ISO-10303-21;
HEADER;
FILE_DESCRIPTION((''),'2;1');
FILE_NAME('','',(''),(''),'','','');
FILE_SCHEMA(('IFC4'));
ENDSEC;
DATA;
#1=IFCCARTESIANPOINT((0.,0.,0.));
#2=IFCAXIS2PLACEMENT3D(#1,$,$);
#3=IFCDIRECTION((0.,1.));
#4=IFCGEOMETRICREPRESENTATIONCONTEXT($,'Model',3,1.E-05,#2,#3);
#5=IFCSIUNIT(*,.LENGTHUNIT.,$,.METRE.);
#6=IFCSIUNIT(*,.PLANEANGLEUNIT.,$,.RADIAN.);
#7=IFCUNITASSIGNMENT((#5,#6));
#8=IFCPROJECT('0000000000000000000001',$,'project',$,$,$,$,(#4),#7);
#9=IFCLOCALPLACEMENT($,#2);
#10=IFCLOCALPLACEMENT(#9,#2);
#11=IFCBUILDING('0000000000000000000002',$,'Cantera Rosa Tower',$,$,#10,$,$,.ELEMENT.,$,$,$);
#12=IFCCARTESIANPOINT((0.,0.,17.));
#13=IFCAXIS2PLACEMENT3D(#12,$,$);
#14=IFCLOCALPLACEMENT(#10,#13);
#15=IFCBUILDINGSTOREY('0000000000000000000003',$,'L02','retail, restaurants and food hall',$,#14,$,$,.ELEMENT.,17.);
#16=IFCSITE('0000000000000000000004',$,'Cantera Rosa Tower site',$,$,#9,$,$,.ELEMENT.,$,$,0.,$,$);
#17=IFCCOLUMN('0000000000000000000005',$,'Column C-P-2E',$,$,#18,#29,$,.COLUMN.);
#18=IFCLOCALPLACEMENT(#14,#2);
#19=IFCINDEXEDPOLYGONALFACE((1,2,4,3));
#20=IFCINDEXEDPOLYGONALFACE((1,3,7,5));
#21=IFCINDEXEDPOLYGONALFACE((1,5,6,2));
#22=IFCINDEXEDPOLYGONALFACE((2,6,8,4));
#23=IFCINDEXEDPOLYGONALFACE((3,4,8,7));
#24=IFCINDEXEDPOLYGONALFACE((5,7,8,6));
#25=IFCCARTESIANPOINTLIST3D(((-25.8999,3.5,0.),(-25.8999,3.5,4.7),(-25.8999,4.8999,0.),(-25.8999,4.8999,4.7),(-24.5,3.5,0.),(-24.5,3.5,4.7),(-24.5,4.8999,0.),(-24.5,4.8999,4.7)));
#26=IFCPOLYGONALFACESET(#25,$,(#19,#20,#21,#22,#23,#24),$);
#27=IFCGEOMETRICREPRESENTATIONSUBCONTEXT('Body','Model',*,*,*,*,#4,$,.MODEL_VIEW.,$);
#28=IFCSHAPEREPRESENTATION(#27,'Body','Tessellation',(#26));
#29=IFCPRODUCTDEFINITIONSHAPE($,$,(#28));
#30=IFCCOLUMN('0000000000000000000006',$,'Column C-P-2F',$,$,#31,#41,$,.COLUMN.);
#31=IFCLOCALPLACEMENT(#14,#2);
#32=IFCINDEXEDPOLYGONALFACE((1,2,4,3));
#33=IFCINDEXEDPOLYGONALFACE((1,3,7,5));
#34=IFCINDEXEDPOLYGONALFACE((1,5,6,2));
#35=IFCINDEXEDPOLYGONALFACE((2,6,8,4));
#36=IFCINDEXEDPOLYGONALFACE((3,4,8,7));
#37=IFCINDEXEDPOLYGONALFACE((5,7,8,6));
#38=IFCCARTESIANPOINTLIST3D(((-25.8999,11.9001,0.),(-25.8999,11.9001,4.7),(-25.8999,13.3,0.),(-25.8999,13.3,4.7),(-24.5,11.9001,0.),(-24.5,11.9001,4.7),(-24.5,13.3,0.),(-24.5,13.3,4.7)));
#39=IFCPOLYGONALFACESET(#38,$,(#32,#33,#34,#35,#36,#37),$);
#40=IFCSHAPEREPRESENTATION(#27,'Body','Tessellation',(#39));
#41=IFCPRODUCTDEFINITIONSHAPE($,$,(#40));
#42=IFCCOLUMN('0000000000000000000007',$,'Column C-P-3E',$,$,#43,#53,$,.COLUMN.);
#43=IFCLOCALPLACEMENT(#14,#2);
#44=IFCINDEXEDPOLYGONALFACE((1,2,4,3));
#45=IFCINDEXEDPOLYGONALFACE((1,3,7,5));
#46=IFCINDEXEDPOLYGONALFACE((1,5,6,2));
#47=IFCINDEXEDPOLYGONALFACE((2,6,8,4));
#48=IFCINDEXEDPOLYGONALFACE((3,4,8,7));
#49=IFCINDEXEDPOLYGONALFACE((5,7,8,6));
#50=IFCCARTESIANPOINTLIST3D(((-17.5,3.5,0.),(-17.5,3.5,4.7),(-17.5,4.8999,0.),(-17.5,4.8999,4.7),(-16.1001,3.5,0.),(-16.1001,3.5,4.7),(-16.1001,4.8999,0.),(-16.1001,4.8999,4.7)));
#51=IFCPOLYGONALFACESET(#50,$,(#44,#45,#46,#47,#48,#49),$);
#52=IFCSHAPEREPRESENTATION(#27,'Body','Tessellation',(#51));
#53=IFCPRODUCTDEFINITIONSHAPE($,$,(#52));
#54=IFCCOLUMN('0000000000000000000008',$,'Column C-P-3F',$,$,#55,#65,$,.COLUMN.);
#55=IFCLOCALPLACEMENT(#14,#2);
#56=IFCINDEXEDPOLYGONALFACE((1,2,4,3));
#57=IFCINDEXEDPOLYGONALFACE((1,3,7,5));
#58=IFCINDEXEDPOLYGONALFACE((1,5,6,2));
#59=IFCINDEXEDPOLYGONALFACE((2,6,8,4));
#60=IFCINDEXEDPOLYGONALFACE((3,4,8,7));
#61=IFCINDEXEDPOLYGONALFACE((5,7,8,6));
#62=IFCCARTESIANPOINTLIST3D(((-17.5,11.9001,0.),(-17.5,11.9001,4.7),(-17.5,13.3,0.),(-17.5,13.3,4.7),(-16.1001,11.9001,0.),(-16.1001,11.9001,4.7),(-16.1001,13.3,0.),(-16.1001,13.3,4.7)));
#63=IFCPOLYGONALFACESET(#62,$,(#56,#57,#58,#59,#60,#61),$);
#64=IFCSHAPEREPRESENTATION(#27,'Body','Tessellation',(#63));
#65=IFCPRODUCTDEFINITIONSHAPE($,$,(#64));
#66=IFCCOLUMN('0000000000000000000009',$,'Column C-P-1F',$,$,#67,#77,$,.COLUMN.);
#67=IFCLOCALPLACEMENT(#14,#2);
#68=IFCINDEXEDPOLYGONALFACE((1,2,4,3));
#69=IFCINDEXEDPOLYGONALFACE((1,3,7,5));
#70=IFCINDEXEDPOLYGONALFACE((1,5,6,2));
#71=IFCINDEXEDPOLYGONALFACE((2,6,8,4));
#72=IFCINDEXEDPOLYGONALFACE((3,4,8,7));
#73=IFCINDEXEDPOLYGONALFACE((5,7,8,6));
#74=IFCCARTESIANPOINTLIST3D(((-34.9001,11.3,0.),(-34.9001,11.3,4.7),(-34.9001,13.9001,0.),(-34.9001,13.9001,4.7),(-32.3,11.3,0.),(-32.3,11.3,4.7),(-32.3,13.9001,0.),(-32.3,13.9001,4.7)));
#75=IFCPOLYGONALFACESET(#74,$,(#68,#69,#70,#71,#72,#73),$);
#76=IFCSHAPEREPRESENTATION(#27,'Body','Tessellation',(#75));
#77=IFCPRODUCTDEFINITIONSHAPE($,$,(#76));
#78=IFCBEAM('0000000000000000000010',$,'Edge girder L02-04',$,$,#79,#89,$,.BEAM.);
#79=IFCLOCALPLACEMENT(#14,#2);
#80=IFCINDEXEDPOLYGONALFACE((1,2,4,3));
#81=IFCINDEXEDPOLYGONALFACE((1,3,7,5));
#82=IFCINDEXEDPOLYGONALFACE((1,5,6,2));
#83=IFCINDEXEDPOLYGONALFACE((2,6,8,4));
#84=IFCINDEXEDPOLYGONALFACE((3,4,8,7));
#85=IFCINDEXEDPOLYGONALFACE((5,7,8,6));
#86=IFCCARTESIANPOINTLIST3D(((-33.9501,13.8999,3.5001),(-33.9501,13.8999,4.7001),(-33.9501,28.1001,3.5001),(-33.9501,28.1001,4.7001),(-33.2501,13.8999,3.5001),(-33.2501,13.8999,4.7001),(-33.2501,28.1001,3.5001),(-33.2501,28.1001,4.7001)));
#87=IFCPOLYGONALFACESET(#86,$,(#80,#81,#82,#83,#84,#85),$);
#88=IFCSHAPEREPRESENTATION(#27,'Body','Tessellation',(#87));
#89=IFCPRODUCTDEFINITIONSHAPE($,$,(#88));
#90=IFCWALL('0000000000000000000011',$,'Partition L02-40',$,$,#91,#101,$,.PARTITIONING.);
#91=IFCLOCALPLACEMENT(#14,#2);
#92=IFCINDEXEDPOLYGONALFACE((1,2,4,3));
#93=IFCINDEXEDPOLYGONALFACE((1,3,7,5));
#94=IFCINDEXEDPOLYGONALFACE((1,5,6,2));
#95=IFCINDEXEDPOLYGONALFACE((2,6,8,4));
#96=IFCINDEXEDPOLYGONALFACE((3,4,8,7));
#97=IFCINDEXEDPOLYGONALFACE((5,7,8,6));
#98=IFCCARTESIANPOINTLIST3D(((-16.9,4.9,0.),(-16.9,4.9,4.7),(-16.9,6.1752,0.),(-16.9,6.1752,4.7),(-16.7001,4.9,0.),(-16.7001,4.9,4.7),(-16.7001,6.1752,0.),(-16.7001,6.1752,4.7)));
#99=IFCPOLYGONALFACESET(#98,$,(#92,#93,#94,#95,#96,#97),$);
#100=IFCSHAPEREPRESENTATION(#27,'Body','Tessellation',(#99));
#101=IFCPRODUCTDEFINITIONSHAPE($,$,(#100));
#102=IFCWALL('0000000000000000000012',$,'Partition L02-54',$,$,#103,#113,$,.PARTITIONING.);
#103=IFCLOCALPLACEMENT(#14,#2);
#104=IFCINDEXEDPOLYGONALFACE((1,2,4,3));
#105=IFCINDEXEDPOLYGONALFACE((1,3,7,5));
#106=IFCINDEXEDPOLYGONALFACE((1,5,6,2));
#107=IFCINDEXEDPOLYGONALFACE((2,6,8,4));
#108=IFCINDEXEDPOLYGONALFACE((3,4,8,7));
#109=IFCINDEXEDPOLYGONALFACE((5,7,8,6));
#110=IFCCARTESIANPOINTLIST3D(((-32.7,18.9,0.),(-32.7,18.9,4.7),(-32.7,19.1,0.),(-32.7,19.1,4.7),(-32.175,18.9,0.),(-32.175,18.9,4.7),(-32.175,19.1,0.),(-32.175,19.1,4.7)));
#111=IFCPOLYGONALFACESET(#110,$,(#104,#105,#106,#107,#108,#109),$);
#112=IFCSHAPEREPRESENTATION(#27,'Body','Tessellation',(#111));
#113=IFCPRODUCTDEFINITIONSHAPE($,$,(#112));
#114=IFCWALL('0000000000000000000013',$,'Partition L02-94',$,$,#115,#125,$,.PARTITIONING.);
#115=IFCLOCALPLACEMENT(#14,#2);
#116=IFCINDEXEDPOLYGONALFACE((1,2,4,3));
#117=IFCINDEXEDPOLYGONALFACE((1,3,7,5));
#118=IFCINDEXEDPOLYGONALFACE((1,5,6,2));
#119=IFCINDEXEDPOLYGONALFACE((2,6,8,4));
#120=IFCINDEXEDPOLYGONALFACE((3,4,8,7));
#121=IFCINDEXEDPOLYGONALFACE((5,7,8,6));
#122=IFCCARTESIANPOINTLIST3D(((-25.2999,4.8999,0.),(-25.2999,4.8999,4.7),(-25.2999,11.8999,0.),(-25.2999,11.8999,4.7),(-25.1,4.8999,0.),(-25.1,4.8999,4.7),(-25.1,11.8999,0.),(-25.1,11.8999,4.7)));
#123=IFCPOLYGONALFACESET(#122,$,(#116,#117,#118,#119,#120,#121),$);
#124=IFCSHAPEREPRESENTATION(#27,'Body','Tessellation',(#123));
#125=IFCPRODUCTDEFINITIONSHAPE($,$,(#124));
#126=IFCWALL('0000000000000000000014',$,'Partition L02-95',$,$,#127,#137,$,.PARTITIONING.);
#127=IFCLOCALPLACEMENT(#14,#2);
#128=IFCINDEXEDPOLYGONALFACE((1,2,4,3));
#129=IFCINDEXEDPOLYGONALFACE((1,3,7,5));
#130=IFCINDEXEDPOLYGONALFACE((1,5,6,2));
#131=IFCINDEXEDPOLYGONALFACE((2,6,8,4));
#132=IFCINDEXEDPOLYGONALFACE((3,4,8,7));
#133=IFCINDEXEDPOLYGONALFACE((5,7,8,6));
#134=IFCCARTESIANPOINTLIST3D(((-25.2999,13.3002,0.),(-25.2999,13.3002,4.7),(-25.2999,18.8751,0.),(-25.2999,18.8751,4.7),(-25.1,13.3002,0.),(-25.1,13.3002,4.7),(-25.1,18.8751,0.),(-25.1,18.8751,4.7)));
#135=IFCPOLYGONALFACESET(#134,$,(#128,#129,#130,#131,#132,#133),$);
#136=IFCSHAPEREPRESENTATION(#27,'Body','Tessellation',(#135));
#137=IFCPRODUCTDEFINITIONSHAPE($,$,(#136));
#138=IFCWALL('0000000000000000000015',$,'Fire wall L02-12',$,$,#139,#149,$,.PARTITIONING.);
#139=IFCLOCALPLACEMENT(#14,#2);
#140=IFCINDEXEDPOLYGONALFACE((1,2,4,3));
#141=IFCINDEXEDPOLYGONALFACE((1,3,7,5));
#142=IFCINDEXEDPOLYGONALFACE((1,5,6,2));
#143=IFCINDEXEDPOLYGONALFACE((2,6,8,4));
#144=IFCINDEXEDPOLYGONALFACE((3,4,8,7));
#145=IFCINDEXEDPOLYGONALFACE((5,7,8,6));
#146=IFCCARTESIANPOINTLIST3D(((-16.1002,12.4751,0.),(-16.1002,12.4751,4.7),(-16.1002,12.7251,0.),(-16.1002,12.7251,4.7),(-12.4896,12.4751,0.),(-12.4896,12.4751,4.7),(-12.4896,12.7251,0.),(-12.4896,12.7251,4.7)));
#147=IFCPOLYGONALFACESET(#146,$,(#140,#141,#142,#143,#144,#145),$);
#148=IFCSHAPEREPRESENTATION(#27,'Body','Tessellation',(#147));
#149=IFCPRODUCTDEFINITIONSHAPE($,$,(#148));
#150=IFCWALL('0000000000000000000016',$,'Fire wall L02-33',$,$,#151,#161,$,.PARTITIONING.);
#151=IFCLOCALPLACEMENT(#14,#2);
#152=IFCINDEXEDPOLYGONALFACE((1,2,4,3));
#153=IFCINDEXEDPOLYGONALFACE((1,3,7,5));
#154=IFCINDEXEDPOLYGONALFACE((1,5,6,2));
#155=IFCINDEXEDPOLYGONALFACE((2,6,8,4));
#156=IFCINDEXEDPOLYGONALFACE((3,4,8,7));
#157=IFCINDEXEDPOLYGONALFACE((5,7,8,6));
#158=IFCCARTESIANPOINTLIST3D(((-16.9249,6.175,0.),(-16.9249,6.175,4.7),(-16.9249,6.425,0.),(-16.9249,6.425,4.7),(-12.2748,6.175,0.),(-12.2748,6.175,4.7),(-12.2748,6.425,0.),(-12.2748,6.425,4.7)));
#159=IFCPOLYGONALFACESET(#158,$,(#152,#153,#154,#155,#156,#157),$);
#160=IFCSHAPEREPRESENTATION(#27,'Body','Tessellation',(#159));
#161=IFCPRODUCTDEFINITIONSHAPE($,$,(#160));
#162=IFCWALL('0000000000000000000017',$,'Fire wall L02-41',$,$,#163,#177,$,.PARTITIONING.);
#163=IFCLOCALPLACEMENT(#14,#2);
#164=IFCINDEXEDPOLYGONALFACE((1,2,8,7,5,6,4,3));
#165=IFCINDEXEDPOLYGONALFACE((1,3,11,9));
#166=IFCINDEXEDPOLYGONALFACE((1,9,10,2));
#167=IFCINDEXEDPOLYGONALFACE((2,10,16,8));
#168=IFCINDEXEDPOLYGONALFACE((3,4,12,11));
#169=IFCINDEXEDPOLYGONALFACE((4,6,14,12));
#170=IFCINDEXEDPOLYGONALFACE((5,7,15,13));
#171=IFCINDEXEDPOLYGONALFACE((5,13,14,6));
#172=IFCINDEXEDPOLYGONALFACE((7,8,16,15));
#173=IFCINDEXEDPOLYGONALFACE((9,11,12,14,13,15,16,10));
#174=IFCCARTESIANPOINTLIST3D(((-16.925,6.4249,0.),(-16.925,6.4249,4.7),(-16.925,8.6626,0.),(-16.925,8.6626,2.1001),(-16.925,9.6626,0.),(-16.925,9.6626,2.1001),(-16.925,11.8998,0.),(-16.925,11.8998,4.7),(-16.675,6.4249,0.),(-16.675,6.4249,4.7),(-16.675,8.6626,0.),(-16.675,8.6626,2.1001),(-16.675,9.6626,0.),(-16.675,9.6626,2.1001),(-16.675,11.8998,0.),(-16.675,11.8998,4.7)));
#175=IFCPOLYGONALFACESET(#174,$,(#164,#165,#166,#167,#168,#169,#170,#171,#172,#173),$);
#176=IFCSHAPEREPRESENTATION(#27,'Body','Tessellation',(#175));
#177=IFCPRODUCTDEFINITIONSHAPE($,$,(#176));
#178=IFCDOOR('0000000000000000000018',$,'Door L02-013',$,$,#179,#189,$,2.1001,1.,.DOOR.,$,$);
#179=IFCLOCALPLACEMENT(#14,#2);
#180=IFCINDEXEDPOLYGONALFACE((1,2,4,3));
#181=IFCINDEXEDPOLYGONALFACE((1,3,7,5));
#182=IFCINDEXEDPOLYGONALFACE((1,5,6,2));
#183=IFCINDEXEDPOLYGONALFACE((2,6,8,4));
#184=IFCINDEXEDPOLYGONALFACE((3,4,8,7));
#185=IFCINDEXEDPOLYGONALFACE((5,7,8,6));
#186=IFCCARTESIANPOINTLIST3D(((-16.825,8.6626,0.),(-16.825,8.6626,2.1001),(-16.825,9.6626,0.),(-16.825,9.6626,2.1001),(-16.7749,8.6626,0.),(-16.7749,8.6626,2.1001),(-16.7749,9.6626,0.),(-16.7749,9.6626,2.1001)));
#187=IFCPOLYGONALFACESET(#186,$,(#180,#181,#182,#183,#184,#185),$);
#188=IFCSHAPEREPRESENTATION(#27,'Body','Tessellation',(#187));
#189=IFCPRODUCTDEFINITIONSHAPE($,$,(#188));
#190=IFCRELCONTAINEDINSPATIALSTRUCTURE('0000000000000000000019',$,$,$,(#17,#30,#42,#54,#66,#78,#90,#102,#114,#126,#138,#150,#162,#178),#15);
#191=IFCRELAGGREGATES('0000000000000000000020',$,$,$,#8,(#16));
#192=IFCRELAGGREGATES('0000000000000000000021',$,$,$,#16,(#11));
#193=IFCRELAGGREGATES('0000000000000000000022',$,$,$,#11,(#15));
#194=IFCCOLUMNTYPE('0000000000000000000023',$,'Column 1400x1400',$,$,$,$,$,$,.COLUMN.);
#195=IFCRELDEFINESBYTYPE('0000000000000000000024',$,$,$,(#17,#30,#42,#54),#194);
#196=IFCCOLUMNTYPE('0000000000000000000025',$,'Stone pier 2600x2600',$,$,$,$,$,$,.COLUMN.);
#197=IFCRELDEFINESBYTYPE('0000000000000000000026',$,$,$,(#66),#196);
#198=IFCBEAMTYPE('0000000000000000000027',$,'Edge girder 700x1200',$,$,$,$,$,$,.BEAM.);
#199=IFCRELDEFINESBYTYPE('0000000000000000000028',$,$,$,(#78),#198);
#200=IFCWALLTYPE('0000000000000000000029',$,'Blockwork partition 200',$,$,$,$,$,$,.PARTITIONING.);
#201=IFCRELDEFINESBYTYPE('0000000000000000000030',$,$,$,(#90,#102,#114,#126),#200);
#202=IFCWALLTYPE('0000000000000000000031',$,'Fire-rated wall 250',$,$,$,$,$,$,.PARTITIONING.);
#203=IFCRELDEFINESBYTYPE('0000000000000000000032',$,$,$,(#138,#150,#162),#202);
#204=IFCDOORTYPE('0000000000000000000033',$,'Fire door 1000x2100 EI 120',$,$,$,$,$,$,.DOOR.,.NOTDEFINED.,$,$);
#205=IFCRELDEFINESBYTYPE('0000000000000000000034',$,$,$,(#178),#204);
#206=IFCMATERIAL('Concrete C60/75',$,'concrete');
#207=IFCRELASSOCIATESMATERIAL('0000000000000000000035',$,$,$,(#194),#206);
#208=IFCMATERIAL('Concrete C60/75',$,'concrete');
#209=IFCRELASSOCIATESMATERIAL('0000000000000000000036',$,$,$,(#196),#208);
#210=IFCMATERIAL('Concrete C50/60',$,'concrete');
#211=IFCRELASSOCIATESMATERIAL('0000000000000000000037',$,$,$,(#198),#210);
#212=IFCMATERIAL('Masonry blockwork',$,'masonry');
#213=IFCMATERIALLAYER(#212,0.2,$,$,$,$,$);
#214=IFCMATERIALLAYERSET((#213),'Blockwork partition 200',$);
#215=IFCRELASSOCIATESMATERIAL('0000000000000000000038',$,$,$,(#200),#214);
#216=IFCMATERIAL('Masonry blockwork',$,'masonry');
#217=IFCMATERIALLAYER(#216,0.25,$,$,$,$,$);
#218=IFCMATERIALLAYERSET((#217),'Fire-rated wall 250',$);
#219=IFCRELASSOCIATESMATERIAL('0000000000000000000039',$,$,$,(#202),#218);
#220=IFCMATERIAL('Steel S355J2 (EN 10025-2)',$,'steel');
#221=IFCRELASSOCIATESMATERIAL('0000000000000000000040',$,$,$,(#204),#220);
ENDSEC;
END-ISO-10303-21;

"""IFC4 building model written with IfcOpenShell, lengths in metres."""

from ifc_helpers import new_model, si_unit, direction, frame, frame_2d, origin, origin_2d, place, context, subcontext, project, spatial, rectangle, extrude, material, layer, layer_set, material_profile, profile_set, type_object, element, fill, save


model = new_model("IFC4")

# Units and contexts
model_context = context("Model", 3, precision=1e-05, world=origin(), true_north=direction((0.0, 1.0)))
body_context = subcontext(model_context, "Body", "Model", "MODEL_VIEW")
ifc_project = project(units=[si_unit("LENGTHUNIT", "METRE"), si_unit("PLANEANGLEUNIT", "RADIAN")], contexts=[model_context])

# Site, building, storey
site_placement = place(None, origin())
site = spatial("IfcSite", under=ifc_project, at=site_placement, Name="Cantera Rosa Tower site", CompositionType="ELEMENT", RefElevation=0.0)
building_placement = place(site_placement, origin())
building = spatial("IfcBuilding", under=site, at=building_placement, Name="Cantera Rosa Tower", CompositionType="ELEMENT")
storey_placement = place(building_placement, frame((0.0, 0.0, 17.0)))
storey = spatial("IfcBuildingStorey", under=building, at=storey_placement, Name="L02", Description="retail, restaurants and food hall", CompositionType="ELEMENT", Elevation=17.0)

# Columns
ifc_material_1 = material(Name="Concrete C60/75", Category="concrete")
ifc_material_profile_1 = material_profile(ifc_material_1, rectangle(XDim=1.3999, YDim=1.3999, at=origin_2d()), Name="Column 1400x1400")
ifc_profile_set_1 = profile_set([ifc_material_profile_1], Name="Concrete C60/75")
column_type_1 = type_object("IfcColumnType", Name="Column 1400x1400", PredefinedType="COLUMN", material=ifc_profile_set_1)
for number, where, z_axis, x_axis, name in (
    (1, (-25.2, 4.2, 0.0), (0.0, 0.0, 1.0), (1.0, 0.0, 0.0), "Column C-P-2E"),
    (2, (-25.2, 12.6001, 0.0), (0.0, 0.0, 1.0), (1.0, 0.0, 0.0), "Column C-P-2F"),
    (3, (-16.8, 4.2, 0.0), (0.0, 0.0, 1.0), (1.0, 0.0, 0.0), "Column C-P-3E"),
    (4, (-16.8, 12.6001, 0.0), (0.0, 0.0, 1.0), (1.0, 0.0, 0.0), "Column C-P-3F"),
):
    element("IfcColumn", number, at=place(storey_placement, frame(where, z_axis=z_axis, x_axis=x_axis)), inside=storey, type_object=column_type_1, Name=name, PredefinedType="COLUMN", context=body_context, shape_type="SweptSolid", body=[
        extrude(rectangle(XDim=1.3999, YDim=1.3999, at=origin_2d()), origin(), (0.0, 0.0, 1.0), 4.7),
    ])
ifc_material_2 = material(Name="Concrete C60/75", Category="concrete")
ifc_material_profile_2 = material_profile(ifc_material_2, rectangle(XDim=2.6001, YDim=2.6001, at=origin_2d()), Name="Stone pier 2600x2600")
ifc_profile_set_2 = profile_set([ifc_material_profile_2], Name="Concrete C60/75")
column_type_2 = type_object("IfcColumnType", Name="Stone pier 2600x2600", PredefinedType="COLUMN", material=ifc_profile_set_2)
column_placement = place(storey_placement, frame((-33.6001, 12.6001, 0.0), z_axis=(0.0, 0.0, 1.0), x_axis=(1.0, 0.0, 0.0)))
element("IfcColumn", 5, at=column_placement, inside=storey, type_object=column_type_2, Name="Column C-P-1F", PredefinedType="COLUMN", context=body_context, shape_type="SweptSolid", body=[
    extrude(rectangle(XDim=2.6001, YDim=2.6001, at=origin_2d()), origin(), (0.0, 0.0, 1.0), 4.7),
])

# Beam
ifc_material_3 = material(Name="Concrete C50/60", Category="concrete")
ifc_material_profile_3 = material_profile(ifc_material_3, rectangle(XDim=0.7, YDim=1.2, at=origin_2d()), Name="Edge girder 700x1200")
ifc_profile_set_3 = profile_set([ifc_material_profile_3], Name="Concrete C50/60")
beam_type = type_object("IfcBeamType", Name="Edge girder 700x1200", PredefinedType="BEAM", material=ifc_profile_set_3)
beam_placement = place(storey_placement, frame((-33.6001, 13.8999, 4.1001), z_axis=(0.0, 1.0, 0.0), x_axis=(-1.0, 0.0, 0.0)))
element("IfcBeam", 6, at=beam_placement, inside=storey, type_object=beam_type, Name="Edge girder L02-04", PredefinedType="BEAM", context=body_context, shape_type="SweptSolid", body=[
    extrude(rectangle(XDim=0.7, YDim=1.2, at=origin_2d()), origin(), (0.0, 0.0, 1.0), 14.2002),
])

# Walls
ifc_material_4 = material(Name="Masonry blockwork", Category="masonry")
ifc_layer_1 = layer(ifc_material_4, 0.2)
ifc_layer_set_1 = layer_set([ifc_layer_1], Name="Blockwork partition 200")
wall_type_1 = type_object("IfcWallType", Name="Blockwork partition 200", PredefinedType="PARTITIONING", material=ifc_layer_set_1)
wall_1_placement = place(storey_placement, frame((-16.8, 4.8999, 0.0), z_axis=(0.0, 0.0, 1.0), x_axis=(0.0, 1.0, 0.0)))
element("IfcWall", 7, at=wall_1_placement, inside=storey, type_object=wall_type_1, Name="Partition L02-40", PredefinedType="PARTITIONING", context=body_context, shape_type="SweptSolid", body=[
    extrude(rectangle(XDim=1.2751, YDim=0.2, at=frame_2d((0.6377, 0.0))), origin(), (0.0, 0.0, 1.0), 4.7),
])
wall_2_placement = place(storey_placement, frame((-32.7, 19.0, 0.0), z_axis=(0.0, 0.0, 1.0), x_axis=(1.0, 0.0, 0.0)))
element("IfcWall", 8, at=wall_2_placement, inside=storey, type_object=wall_type_1, Name="Partition L02-54", PredefinedType="PARTITIONING", context=body_context, shape_type="SweptSolid", body=[
    extrude(rectangle(XDim=0.5249, YDim=0.2, at=frame_2d((0.2625, 0.0))), origin(), (0.0, 0.0, 1.0), 4.7),
])
wall_3_placement = place(storey_placement, frame((-25.2, 4.8999, 0.0), z_axis=(0.0, 0.0, 1.0), x_axis=(0.0, 1.0, 0.0)))
element("IfcWall", 9, at=wall_3_placement, inside=storey, type_object=wall_type_1, Name="Partition L02-94", PredefinedType="PARTITIONING", context=body_context, shape_type="SweptSolid", body=[
    extrude(rectangle(XDim=7.0, YDim=0.2, at=frame_2d((3.5, 0.0))), origin(), (0.0, 0.0, 1.0), 4.7),
])
wall_4_placement = place(storey_placement, frame((-25.2, 13.3, 0.0), z_axis=(0.0, 0.0, 1.0), x_axis=(0.0, 1.0, 0.0)))
element("IfcWall", 10, at=wall_4_placement, inside=storey, type_object=wall_type_1, Name="Partition L02-95", PredefinedType="PARTITIONING", context=body_context, shape_type="SweptSolid", body=[
    extrude(rectangle(XDim=5.575, YDim=0.2, at=frame_2d((2.7876, 0.0))), origin(), (0.0, 0.0, 1.0), 4.7),
])
ifc_material_5 = material(Name="Masonry blockwork", Category="masonry")
ifc_layer_2 = layer(ifc_material_5, 0.25)
ifc_layer_set_2 = layer_set([ifc_layer_2], Name="Fire-rated wall 250")
wall_type_2 = type_object("IfcWallType", Name="Fire-rated wall 250", PredefinedType="PARTITIONING", material=ifc_layer_set_2)
wall_5_placement = place(storey_placement, frame((-16.1001, 12.6001, 0.0), z_axis=(0.0, 0.0, 1.0), x_axis=(1.0, 0.0, 0.0)))
element("IfcWall", 11, at=wall_5_placement, inside=storey, type_object=wall_type_2, Name="Fire wall L02-12", PredefinedType="PARTITIONING", context=body_context, shape_type="SweptSolid", body=[
    extrude(rectangle(XDim=3.6106, YDim=0.25, at=frame_2d((1.8052, 0.0))), origin(), (0.0, 0.0, 1.0), 4.7),
])
wall_6_placement = place(storey_placement, frame((-16.925, 6.3, 0.0), z_axis=(0.0, 0.0, 1.0), x_axis=(1.0, 0.0, 0.0)))
element("IfcWall", 12, at=wall_6_placement, inside=storey, type_object=wall_type_2, Name="Fire wall L02-33", PredefinedType="PARTITIONING", context=body_context, shape_type="SweptSolid", body=[
    extrude(rectangle(XDim=4.6501, YDim=0.25, at=frame_2d((2.3252, 0.0))), origin(), (0.0, 0.0, 1.0), 4.7),
])

# Wall, opening, door
wall_7_placement = place(storey_placement, frame((-16.8, 6.425, 0.0), z_axis=(0.0, 0.0, 1.0), x_axis=(0.0, 1.0, 0.0)))
wall_7 = element("IfcWall", 13, at=wall_7_placement, inside=storey, type_object=wall_type_2, Name="Fire wall L02-41", PredefinedType="PARTITIONING", context=body_context, shape_type="SweptSolid", body=[
    extrude(rectangle(XDim=5.4749, YDim=0.25, at=frame_2d((2.7373, 0.0))), origin(), (0.0, 0.0, 1.0), 4.7),
])
opening_1_placement = place(wall_7_placement, frame((2.2375, 0.0, 0.0)))
opening_1 = element("IfcOpeningElement", 14, at=opening_1_placement, cuts=wall_7, PredefinedType="OPENING", context=body_context, shape_type="SweptSolid", body=[
    extrude(rectangle(XDim=1.0, YDim=2.1001, at=frame_2d((0.5, 1.05))), frame((0.0, 0.135, 0.0), z_axis=(0.0, -1.0, 0.0), x_axis=(1.0, 0.0, 0.0)), (0.0, 0.0, 1.0), 0.27),
])
ifc_material_6 = material(Name="Steel S355J2 (EN 10025-2)", Category="steel")
door_type_1 = type_object("IfcDoorType", Name="Fire door 1000x2100 EI 120", OperationType="NOTDEFINED", PredefinedType="DOOR", material=ifc_material_6)
door_1_placement = place(opening_1_placement, origin())
door_1 = element("IfcDoor", 15, at=door_1_placement, inside=storey, type_object=door_type_1, Name="Door L02-013", OverallHeight=2.1001, OverallWidth=1.0, PredefinedType="DOOR", context=body_context, shape_type="SweptSolid", body=[
    extrude(rectangle(XDim=1.0, YDim=2.1001, at=frame_2d((0.5, 1.05))), frame((0.0, 0.0249, 0.0), z_axis=(0.0, -1.0, 0.0), x_axis=(1.0, 0.0, 0.0)), (0.0, 0.0, 1.0), 0.05),
])
fill(opening_1, door_1)

save(model, "model.ifc")
